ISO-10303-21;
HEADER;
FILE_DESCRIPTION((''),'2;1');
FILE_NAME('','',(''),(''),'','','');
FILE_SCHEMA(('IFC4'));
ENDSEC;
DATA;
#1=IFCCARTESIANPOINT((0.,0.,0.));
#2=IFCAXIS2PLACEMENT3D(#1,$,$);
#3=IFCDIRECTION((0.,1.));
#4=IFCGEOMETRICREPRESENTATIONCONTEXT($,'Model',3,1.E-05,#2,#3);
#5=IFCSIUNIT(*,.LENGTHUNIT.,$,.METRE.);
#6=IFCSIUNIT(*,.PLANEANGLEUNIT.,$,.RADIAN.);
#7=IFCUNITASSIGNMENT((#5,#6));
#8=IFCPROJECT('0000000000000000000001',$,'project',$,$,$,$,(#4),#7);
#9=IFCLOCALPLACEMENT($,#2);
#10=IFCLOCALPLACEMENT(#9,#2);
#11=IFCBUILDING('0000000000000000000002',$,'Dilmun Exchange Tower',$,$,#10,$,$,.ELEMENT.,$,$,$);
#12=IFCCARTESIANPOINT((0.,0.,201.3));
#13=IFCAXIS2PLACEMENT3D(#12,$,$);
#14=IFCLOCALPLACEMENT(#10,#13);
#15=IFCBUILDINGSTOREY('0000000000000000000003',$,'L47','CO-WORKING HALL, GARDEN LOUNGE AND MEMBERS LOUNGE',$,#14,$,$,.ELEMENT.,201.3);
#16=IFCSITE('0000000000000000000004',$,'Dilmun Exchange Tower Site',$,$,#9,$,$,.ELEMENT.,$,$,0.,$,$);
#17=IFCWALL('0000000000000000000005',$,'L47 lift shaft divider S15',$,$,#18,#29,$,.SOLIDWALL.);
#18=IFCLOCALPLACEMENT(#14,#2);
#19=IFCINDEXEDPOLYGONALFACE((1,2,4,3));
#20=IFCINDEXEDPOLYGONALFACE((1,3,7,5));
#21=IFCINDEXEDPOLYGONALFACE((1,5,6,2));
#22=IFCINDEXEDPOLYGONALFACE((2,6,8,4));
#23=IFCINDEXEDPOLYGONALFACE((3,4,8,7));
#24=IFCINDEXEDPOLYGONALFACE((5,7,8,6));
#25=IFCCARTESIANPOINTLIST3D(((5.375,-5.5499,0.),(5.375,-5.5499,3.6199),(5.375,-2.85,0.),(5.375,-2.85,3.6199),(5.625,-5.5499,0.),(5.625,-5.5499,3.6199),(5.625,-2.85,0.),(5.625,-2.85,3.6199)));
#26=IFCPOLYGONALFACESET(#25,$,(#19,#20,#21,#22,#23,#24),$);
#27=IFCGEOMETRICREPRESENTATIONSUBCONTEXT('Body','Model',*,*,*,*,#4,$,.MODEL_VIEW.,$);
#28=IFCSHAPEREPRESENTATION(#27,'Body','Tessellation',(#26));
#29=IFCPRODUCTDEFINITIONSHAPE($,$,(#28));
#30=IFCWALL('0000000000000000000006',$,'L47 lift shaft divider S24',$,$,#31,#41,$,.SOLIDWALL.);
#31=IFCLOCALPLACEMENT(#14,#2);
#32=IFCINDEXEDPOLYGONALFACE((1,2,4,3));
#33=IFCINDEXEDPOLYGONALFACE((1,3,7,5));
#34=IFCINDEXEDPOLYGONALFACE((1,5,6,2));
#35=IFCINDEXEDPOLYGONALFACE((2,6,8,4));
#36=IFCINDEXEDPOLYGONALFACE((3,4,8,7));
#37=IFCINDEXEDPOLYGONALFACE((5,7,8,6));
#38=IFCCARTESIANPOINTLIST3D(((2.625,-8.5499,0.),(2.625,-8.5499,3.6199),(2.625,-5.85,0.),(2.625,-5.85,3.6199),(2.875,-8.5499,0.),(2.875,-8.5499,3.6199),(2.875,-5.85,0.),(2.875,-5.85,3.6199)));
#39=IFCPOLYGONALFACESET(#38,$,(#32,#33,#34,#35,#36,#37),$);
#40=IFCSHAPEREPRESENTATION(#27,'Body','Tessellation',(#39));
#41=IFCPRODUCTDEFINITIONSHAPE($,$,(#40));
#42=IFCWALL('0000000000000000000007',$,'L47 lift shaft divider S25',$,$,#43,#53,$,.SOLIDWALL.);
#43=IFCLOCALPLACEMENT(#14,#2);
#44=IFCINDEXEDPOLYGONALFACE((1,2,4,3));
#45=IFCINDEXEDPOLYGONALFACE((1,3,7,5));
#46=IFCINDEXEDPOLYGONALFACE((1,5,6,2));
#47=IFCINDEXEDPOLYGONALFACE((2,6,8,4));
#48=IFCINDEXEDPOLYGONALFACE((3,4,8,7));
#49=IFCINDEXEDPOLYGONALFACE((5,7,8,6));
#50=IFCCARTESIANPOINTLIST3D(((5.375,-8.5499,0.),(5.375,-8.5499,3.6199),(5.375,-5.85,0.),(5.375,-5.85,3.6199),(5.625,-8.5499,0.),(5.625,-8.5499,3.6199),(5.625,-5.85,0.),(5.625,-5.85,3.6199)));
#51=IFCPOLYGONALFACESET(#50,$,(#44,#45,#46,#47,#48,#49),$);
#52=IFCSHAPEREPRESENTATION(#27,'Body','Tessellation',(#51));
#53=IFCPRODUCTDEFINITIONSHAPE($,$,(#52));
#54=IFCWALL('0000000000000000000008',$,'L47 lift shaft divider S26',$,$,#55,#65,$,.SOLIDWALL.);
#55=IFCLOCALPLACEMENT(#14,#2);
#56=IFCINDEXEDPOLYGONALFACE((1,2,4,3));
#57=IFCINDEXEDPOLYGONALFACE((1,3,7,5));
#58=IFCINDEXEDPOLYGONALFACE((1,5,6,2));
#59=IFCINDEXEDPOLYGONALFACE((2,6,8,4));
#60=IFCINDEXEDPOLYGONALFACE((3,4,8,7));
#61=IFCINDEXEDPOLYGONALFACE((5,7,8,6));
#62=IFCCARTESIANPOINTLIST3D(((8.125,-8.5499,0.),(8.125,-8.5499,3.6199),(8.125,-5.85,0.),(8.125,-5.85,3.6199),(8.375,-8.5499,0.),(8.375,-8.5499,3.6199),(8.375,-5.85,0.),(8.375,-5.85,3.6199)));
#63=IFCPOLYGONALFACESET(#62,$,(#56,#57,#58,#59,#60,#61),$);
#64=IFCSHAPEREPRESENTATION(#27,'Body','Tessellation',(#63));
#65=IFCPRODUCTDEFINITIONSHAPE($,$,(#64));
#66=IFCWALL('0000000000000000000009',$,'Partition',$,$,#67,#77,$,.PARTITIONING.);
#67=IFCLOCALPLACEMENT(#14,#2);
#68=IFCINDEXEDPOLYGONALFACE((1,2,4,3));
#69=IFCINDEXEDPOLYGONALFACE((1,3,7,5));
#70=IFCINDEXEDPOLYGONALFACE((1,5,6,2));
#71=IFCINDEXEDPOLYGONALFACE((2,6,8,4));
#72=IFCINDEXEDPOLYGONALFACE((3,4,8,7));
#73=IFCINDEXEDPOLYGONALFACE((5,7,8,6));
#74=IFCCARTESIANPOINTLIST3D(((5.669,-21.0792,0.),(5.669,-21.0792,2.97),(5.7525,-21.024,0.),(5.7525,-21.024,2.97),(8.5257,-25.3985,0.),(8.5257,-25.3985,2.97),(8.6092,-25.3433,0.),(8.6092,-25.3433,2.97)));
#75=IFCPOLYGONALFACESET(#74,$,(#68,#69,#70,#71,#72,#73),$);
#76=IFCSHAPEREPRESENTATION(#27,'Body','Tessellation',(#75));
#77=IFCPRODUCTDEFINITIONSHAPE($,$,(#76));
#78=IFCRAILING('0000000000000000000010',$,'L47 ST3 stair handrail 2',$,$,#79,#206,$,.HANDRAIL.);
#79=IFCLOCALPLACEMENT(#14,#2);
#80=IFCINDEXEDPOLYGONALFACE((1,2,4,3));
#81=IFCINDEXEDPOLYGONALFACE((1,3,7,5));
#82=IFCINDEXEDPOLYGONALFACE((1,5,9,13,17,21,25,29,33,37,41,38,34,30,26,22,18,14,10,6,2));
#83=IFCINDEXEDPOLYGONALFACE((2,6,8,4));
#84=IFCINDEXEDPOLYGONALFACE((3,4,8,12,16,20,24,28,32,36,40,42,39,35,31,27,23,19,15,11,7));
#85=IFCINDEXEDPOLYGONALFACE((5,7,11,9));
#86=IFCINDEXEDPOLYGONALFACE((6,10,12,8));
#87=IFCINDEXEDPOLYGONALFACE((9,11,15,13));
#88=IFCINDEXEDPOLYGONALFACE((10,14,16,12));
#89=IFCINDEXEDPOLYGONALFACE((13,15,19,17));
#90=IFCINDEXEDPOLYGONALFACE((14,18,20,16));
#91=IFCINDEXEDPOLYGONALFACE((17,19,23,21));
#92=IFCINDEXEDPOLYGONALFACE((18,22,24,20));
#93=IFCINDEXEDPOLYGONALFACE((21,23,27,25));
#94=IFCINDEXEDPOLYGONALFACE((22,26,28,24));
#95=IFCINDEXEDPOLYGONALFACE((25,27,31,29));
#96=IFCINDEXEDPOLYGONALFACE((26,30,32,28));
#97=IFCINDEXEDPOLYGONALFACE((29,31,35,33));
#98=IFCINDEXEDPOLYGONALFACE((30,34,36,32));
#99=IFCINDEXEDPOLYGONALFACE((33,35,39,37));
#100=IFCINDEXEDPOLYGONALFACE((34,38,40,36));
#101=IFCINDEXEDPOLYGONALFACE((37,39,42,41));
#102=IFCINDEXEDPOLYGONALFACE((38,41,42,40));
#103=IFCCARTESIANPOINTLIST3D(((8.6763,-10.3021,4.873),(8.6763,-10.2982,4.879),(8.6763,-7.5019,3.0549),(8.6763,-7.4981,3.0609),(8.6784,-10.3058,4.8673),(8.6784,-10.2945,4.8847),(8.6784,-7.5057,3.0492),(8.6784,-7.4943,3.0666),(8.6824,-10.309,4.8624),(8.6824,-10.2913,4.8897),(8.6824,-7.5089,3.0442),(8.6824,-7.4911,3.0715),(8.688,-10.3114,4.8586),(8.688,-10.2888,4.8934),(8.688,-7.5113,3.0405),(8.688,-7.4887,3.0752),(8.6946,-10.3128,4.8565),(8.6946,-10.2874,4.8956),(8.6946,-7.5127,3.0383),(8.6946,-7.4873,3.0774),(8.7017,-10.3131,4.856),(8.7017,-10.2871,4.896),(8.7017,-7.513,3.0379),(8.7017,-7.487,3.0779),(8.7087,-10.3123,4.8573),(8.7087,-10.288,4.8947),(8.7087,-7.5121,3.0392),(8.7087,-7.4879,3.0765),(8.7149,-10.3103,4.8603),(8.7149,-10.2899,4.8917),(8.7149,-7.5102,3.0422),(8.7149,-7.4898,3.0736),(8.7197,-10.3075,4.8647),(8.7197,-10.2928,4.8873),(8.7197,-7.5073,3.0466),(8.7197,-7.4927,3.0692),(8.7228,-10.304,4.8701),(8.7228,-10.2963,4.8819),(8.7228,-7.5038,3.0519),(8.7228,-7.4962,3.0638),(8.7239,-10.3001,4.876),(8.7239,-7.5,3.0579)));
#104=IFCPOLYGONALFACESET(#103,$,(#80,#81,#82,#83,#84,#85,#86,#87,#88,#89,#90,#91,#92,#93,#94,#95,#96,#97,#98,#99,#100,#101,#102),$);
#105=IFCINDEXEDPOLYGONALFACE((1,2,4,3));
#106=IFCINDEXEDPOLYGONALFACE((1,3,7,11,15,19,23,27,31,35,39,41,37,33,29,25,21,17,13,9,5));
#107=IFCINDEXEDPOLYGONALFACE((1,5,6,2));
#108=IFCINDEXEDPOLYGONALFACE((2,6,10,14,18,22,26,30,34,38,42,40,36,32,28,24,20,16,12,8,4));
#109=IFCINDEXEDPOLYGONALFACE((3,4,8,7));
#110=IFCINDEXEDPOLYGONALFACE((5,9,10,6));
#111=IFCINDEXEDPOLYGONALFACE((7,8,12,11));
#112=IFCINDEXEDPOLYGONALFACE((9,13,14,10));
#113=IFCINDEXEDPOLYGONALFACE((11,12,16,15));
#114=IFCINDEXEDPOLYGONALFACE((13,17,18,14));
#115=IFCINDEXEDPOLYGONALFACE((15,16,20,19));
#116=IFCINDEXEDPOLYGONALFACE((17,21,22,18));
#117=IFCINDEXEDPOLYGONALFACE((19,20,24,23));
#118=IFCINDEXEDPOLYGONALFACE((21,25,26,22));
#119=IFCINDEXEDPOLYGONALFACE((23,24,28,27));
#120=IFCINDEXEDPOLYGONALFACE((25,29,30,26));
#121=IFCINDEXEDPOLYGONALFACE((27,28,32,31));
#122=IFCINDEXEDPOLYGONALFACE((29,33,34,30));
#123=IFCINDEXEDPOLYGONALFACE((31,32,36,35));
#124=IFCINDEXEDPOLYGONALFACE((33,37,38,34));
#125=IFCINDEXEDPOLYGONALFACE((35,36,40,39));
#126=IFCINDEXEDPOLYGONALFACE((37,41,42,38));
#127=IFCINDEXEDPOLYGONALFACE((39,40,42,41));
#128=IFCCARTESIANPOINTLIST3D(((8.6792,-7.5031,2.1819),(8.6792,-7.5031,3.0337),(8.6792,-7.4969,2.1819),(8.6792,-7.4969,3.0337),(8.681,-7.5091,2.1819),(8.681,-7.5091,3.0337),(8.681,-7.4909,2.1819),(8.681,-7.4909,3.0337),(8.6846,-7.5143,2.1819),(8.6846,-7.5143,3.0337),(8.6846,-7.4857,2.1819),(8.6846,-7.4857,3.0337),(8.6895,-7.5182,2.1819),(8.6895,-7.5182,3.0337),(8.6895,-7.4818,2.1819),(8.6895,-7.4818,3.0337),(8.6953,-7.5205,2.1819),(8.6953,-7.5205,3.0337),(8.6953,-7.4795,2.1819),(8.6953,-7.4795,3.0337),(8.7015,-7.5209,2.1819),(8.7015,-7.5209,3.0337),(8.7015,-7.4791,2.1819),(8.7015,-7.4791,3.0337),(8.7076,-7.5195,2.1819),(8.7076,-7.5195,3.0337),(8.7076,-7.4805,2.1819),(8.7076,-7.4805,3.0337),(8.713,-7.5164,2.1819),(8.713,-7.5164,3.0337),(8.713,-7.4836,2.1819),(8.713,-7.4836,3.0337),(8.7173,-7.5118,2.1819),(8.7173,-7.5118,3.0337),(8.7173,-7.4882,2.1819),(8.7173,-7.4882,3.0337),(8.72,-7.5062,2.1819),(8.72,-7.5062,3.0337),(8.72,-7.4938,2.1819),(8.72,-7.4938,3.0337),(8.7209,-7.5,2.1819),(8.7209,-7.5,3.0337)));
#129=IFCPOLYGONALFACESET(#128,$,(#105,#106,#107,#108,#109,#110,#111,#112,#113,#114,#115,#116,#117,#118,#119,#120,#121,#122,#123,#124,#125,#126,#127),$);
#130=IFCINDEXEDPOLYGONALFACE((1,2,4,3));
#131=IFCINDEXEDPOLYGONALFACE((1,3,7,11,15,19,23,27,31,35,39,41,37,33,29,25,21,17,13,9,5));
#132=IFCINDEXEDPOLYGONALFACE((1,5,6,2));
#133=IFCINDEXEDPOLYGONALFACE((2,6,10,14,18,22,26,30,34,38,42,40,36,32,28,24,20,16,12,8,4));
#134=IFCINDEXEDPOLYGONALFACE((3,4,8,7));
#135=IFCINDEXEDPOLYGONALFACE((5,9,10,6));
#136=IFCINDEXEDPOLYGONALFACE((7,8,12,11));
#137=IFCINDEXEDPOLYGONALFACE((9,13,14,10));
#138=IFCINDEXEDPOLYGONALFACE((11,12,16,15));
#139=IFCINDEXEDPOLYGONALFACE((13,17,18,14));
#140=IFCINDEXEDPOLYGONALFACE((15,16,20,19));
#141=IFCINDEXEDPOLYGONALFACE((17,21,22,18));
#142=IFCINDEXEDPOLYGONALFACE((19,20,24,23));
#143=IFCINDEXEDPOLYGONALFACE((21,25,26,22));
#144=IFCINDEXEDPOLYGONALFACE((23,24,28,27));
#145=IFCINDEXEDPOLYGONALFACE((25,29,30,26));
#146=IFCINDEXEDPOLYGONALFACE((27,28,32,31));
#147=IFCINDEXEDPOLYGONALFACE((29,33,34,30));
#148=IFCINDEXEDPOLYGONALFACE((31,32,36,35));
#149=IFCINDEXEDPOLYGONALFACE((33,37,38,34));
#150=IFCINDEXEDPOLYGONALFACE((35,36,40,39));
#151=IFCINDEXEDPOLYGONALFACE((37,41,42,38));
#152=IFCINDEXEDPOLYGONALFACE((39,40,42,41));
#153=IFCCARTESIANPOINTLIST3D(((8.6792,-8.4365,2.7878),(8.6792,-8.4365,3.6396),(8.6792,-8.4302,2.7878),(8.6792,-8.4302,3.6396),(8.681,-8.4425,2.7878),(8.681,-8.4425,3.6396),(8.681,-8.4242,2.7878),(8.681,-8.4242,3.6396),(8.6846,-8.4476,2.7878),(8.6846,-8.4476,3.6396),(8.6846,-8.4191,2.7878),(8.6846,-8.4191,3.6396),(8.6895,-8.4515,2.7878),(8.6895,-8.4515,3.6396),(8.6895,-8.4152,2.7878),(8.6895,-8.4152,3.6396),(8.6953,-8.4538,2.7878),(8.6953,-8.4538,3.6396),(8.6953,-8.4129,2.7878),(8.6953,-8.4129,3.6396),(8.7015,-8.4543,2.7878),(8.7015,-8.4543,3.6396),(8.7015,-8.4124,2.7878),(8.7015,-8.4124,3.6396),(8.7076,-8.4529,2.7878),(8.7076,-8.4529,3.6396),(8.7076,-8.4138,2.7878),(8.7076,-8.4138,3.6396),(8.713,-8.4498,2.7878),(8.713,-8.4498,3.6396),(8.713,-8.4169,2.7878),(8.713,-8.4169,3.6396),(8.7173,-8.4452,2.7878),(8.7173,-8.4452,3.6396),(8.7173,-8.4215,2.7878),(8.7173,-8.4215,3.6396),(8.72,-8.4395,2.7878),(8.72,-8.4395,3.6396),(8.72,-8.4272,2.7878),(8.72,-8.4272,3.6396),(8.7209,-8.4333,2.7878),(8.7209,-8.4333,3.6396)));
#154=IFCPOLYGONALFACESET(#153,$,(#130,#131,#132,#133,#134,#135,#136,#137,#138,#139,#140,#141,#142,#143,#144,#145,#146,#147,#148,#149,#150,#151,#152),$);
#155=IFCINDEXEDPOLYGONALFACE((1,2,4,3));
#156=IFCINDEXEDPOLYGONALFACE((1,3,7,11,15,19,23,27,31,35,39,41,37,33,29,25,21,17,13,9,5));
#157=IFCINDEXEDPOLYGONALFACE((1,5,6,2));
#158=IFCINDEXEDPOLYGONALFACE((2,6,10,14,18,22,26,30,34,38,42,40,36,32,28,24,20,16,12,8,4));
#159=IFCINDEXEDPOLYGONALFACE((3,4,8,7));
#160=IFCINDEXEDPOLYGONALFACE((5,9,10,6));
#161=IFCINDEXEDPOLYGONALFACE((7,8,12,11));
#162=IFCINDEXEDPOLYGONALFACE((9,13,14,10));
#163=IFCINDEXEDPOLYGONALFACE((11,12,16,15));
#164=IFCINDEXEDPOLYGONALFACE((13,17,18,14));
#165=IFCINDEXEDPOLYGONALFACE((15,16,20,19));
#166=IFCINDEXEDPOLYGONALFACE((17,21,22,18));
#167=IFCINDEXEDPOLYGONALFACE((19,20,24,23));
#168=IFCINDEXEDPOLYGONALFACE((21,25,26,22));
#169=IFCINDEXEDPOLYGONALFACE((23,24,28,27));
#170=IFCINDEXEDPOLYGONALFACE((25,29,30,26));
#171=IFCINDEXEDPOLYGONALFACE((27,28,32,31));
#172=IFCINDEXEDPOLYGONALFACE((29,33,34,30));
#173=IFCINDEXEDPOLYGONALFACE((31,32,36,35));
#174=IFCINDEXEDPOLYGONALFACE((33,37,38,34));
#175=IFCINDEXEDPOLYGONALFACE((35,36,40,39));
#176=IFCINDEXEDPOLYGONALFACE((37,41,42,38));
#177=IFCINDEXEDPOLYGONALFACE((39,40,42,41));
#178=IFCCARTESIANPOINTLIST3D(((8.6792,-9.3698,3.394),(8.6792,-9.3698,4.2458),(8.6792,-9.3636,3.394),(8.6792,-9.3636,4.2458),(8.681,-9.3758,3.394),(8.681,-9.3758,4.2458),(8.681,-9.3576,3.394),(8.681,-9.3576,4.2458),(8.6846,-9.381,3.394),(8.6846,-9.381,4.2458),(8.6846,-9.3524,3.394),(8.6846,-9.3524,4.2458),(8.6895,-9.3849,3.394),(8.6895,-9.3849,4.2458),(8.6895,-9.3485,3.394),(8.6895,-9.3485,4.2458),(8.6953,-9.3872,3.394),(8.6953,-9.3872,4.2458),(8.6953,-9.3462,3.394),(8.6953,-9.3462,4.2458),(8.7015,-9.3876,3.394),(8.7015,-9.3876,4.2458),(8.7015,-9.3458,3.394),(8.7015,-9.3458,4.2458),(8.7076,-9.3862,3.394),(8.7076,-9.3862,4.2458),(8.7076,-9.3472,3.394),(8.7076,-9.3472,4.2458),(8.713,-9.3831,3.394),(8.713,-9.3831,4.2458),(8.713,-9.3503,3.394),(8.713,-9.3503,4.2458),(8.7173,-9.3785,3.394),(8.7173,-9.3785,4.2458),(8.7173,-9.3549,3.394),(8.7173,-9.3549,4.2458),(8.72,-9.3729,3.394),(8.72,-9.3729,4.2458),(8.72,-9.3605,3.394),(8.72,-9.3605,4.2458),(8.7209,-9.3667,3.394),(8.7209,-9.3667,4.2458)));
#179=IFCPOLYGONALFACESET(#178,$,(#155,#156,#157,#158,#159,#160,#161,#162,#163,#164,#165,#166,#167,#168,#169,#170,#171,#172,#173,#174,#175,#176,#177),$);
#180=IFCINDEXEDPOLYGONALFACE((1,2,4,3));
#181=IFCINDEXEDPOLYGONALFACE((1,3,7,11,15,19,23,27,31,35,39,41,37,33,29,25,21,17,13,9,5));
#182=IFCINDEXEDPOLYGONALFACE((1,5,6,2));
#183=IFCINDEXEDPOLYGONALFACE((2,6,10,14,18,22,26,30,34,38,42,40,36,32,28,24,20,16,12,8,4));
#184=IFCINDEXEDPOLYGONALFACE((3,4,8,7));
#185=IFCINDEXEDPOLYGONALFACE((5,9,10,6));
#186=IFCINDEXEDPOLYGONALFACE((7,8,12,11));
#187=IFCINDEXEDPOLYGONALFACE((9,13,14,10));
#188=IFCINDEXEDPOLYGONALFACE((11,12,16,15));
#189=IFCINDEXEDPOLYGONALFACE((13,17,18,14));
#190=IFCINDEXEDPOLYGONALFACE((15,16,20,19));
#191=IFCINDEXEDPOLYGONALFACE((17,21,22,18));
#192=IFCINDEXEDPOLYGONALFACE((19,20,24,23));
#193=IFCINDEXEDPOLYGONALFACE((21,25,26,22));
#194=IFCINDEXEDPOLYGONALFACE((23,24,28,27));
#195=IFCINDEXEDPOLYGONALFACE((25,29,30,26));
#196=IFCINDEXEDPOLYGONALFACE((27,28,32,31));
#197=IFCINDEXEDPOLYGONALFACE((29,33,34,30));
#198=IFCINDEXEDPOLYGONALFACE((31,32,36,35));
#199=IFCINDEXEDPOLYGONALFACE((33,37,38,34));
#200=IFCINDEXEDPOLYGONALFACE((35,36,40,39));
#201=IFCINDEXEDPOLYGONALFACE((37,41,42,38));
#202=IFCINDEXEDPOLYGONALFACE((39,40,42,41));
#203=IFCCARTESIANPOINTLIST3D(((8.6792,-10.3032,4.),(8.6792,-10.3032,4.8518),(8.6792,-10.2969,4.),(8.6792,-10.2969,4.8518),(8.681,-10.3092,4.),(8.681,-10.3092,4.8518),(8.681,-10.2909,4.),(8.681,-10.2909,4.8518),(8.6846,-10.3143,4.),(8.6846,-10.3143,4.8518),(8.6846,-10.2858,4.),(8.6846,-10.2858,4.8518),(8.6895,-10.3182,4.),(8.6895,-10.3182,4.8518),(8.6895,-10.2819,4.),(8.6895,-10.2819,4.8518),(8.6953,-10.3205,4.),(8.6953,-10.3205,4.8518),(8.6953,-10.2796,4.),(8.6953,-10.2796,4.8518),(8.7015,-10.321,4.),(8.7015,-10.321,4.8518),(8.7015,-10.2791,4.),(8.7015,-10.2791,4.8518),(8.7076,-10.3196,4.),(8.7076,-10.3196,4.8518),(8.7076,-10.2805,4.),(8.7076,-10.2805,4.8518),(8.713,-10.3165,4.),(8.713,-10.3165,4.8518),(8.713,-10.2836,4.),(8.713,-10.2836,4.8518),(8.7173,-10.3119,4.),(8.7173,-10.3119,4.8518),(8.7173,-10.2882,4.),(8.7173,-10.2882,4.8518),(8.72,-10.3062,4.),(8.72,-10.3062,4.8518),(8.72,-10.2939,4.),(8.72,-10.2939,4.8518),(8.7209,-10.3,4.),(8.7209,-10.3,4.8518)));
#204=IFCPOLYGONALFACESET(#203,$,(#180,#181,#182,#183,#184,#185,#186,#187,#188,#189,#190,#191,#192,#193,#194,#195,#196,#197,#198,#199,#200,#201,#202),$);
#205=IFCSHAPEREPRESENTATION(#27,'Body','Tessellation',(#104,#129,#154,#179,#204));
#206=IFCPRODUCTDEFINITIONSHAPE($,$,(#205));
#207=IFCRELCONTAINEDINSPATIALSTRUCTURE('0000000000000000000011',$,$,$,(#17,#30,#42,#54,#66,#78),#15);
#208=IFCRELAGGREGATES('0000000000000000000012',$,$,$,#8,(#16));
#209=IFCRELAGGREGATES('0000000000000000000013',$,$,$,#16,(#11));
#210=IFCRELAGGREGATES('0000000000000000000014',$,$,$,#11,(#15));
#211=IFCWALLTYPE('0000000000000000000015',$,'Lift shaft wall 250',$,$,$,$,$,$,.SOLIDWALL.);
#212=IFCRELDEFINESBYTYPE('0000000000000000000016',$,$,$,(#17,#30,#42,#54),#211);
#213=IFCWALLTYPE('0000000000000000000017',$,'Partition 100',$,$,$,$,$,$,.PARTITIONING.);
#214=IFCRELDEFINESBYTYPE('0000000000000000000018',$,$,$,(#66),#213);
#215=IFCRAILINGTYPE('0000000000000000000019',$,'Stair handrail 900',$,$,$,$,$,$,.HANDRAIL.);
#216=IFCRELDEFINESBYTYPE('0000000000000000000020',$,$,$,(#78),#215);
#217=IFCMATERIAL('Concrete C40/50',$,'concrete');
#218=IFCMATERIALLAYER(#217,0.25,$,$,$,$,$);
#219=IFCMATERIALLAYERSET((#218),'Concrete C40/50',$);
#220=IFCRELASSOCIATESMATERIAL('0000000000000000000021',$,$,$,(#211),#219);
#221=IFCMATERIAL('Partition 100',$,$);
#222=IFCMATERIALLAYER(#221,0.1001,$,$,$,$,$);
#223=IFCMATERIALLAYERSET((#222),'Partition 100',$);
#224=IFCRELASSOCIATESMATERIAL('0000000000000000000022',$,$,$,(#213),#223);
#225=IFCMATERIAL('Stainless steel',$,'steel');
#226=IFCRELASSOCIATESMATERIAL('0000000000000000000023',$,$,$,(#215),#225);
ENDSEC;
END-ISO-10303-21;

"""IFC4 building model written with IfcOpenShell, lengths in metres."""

from ifc_helpers import new_model, si_unit, direction, frame, frame_2d, origin, origin_2d, place, context, subcontext, project, spatial, rectangle, circle, extrude, material, layer, layer_set, type_object, element, save


model = new_model("IFC4")

# Units and contexts
model_context = context("Model", 3, precision=1e-05, world=origin(), true_north=direction((0.0, 1.0)))
body_context = subcontext(model_context, "Body", "Model", "MODEL_VIEW")
ifc_project = project(units=[si_unit("LENGTHUNIT", "METRE"), si_unit("PLANEANGLEUNIT", "RADIAN")], contexts=[model_context])

# Site, building, storey
site_placement = place(None, origin())
site = spatial("IfcSite", under=ifc_project, at=site_placement, Name="Dilmun Exchange Tower Site", CompositionType="ELEMENT", RefElevation=0.0)
building_placement = place(site_placement, origin())
building = spatial("IfcBuilding", under=site, at=building_placement, Name="Dilmun Exchange Tower", CompositionType="ELEMENT")
storey_placement = place(building_placement, frame((0.0, 0.0, 201.3)))
storey = spatial("IfcBuildingStorey", under=building, at=storey_placement, Name="L47", Description="CO-WORKING HALL, GARDEN LOUNGE AND MEMBERS LOUNGE", CompositionType="ELEMENT", Elevation=201.3)

# Shared definitions
ifc_material_1 = material(Name="Concrete C40/50", Category="concrete")

# Walls
ifc_layer_1 = layer(ifc_material_1, 0.25)
ifc_layer_set_1 = layer_set([ifc_layer_1], Name="Concrete C40/50")
wall_type_1 = type_object("IfcWallType", Name="Lift shaft wall 250", PredefinedType="SOLIDWALL", material=ifc_layer_set_1)
for number, where, z_axis, x_axis, name in (
    (1, (5.5, -5.55, 0.0), (0.0, 0.0, 1.0), (0.0, 1.0, 0.0), "L47 lift shaft divider S15"),
    (2, (2.75, -8.55, 0.0), (0.0, 0.0, 1.0), (0.0, 1.0, 0.0), "L47 lift shaft divider S24"),
    (3, (5.5, -8.55, 0.0), (0.0, 0.0, 1.0), (0.0, 1.0, 0.0), "L47 lift shaft divider S25"),
    (4, (8.25, -8.55, 0.0), (0.0, 0.0, 1.0), (0.0, 1.0, 0.0), "L47 lift shaft divider S26"),
):
    element("IfcWall", number, at=place(storey_placement, frame(where, z_axis=z_axis, x_axis=x_axis)), inside=storey, type_object=wall_type_1, Name=name, PredefinedType="SOLIDWALL", context=body_context, shape_type="SweptSolid", body=[
        extrude(rectangle(XDim=2.7, YDim=0.25, at=frame_2d((1.3501, 0.0))), origin(), (0.0, 0.0, 1.0), 3.6199),
    ])
ifc_material_2 = material(Name="Partition 100")
ifc_layer_2 = layer(ifc_material_2, 0.1001)
ifc_layer_set_2 = layer_set([ifc_layer_2], Name="Partition 100")
wall_type_2 = type_object("IfcWallType", Name="Partition 100", PredefinedType="PARTITIONING", material=ifc_layer_set_2)
wall_1_placement = place(storey_placement, frame((5.7107, -21.0515, 0.0), z_axis=(0.0, 0.0, 1.0), x_axis=(0.551639, -0.834083, 0.0)))
element("IfcWall", 5, at=wall_1_placement, inside=storey, type_object=wall_type_2, Name="Partition", PredefinedType="PARTITIONING", context=body_context, shape_type="SweptSolid", body=[
    extrude(rectangle(XDim=5.1785, YDim=0.1001, at=frame_2d((2.5894, 0.0))), origin(), (0.0, 0.0, 1.0), 2.97),
])

# Railing
ifc_material_3 = material(Name="Stainless steel", Category="steel")
railing_type = type_object("IfcRailingType", Name="Stair handrail 900", PredefinedType="HANDRAIL", material=ifc_material_3)
railing_placement = place(storey_placement, frame((8.7, -7.5, 2.1819)))
element("IfcRailing", 6, at=railing_placement, inside=storey, type_object=railing_type, Name="L47 ST3 stair handrail 2", PredefinedType="HANDRAIL", context=body_context, shape_type="SweptSolid", body=[
    extrude(circle(Radius=0.0239, at=origin_2d()), frame((0.0, 0.0, 0.876), z_axis=(0.0, -0.838706, 0.544585), x_axis=(1.0, 0.0, 0.0)), (0.0, 0.0, 1.0), 3.3386),
    extrude(circle(Radius=0.021, at=origin_2d()), origin(), (0.0, 0.0, 1.0), 0.8518),
    extrude(circle(Radius=0.021, at=origin_2d()), frame((0.0, -0.9333, 0.606)), (0.0, 0.0, 1.0), 0.8518),
    extrude(circle(Radius=0.021, at=origin_2d()), frame((0.0, -1.8667, 1.2122)), (0.0, 0.0, 1.0), 0.8518),
    extrude(circle(Radius=0.021, at=origin_2d()), frame((0.0, -2.8, 1.8181)), (0.0, 0.0, 1.0), 0.8518),
])

save(model, "model.ifc")
